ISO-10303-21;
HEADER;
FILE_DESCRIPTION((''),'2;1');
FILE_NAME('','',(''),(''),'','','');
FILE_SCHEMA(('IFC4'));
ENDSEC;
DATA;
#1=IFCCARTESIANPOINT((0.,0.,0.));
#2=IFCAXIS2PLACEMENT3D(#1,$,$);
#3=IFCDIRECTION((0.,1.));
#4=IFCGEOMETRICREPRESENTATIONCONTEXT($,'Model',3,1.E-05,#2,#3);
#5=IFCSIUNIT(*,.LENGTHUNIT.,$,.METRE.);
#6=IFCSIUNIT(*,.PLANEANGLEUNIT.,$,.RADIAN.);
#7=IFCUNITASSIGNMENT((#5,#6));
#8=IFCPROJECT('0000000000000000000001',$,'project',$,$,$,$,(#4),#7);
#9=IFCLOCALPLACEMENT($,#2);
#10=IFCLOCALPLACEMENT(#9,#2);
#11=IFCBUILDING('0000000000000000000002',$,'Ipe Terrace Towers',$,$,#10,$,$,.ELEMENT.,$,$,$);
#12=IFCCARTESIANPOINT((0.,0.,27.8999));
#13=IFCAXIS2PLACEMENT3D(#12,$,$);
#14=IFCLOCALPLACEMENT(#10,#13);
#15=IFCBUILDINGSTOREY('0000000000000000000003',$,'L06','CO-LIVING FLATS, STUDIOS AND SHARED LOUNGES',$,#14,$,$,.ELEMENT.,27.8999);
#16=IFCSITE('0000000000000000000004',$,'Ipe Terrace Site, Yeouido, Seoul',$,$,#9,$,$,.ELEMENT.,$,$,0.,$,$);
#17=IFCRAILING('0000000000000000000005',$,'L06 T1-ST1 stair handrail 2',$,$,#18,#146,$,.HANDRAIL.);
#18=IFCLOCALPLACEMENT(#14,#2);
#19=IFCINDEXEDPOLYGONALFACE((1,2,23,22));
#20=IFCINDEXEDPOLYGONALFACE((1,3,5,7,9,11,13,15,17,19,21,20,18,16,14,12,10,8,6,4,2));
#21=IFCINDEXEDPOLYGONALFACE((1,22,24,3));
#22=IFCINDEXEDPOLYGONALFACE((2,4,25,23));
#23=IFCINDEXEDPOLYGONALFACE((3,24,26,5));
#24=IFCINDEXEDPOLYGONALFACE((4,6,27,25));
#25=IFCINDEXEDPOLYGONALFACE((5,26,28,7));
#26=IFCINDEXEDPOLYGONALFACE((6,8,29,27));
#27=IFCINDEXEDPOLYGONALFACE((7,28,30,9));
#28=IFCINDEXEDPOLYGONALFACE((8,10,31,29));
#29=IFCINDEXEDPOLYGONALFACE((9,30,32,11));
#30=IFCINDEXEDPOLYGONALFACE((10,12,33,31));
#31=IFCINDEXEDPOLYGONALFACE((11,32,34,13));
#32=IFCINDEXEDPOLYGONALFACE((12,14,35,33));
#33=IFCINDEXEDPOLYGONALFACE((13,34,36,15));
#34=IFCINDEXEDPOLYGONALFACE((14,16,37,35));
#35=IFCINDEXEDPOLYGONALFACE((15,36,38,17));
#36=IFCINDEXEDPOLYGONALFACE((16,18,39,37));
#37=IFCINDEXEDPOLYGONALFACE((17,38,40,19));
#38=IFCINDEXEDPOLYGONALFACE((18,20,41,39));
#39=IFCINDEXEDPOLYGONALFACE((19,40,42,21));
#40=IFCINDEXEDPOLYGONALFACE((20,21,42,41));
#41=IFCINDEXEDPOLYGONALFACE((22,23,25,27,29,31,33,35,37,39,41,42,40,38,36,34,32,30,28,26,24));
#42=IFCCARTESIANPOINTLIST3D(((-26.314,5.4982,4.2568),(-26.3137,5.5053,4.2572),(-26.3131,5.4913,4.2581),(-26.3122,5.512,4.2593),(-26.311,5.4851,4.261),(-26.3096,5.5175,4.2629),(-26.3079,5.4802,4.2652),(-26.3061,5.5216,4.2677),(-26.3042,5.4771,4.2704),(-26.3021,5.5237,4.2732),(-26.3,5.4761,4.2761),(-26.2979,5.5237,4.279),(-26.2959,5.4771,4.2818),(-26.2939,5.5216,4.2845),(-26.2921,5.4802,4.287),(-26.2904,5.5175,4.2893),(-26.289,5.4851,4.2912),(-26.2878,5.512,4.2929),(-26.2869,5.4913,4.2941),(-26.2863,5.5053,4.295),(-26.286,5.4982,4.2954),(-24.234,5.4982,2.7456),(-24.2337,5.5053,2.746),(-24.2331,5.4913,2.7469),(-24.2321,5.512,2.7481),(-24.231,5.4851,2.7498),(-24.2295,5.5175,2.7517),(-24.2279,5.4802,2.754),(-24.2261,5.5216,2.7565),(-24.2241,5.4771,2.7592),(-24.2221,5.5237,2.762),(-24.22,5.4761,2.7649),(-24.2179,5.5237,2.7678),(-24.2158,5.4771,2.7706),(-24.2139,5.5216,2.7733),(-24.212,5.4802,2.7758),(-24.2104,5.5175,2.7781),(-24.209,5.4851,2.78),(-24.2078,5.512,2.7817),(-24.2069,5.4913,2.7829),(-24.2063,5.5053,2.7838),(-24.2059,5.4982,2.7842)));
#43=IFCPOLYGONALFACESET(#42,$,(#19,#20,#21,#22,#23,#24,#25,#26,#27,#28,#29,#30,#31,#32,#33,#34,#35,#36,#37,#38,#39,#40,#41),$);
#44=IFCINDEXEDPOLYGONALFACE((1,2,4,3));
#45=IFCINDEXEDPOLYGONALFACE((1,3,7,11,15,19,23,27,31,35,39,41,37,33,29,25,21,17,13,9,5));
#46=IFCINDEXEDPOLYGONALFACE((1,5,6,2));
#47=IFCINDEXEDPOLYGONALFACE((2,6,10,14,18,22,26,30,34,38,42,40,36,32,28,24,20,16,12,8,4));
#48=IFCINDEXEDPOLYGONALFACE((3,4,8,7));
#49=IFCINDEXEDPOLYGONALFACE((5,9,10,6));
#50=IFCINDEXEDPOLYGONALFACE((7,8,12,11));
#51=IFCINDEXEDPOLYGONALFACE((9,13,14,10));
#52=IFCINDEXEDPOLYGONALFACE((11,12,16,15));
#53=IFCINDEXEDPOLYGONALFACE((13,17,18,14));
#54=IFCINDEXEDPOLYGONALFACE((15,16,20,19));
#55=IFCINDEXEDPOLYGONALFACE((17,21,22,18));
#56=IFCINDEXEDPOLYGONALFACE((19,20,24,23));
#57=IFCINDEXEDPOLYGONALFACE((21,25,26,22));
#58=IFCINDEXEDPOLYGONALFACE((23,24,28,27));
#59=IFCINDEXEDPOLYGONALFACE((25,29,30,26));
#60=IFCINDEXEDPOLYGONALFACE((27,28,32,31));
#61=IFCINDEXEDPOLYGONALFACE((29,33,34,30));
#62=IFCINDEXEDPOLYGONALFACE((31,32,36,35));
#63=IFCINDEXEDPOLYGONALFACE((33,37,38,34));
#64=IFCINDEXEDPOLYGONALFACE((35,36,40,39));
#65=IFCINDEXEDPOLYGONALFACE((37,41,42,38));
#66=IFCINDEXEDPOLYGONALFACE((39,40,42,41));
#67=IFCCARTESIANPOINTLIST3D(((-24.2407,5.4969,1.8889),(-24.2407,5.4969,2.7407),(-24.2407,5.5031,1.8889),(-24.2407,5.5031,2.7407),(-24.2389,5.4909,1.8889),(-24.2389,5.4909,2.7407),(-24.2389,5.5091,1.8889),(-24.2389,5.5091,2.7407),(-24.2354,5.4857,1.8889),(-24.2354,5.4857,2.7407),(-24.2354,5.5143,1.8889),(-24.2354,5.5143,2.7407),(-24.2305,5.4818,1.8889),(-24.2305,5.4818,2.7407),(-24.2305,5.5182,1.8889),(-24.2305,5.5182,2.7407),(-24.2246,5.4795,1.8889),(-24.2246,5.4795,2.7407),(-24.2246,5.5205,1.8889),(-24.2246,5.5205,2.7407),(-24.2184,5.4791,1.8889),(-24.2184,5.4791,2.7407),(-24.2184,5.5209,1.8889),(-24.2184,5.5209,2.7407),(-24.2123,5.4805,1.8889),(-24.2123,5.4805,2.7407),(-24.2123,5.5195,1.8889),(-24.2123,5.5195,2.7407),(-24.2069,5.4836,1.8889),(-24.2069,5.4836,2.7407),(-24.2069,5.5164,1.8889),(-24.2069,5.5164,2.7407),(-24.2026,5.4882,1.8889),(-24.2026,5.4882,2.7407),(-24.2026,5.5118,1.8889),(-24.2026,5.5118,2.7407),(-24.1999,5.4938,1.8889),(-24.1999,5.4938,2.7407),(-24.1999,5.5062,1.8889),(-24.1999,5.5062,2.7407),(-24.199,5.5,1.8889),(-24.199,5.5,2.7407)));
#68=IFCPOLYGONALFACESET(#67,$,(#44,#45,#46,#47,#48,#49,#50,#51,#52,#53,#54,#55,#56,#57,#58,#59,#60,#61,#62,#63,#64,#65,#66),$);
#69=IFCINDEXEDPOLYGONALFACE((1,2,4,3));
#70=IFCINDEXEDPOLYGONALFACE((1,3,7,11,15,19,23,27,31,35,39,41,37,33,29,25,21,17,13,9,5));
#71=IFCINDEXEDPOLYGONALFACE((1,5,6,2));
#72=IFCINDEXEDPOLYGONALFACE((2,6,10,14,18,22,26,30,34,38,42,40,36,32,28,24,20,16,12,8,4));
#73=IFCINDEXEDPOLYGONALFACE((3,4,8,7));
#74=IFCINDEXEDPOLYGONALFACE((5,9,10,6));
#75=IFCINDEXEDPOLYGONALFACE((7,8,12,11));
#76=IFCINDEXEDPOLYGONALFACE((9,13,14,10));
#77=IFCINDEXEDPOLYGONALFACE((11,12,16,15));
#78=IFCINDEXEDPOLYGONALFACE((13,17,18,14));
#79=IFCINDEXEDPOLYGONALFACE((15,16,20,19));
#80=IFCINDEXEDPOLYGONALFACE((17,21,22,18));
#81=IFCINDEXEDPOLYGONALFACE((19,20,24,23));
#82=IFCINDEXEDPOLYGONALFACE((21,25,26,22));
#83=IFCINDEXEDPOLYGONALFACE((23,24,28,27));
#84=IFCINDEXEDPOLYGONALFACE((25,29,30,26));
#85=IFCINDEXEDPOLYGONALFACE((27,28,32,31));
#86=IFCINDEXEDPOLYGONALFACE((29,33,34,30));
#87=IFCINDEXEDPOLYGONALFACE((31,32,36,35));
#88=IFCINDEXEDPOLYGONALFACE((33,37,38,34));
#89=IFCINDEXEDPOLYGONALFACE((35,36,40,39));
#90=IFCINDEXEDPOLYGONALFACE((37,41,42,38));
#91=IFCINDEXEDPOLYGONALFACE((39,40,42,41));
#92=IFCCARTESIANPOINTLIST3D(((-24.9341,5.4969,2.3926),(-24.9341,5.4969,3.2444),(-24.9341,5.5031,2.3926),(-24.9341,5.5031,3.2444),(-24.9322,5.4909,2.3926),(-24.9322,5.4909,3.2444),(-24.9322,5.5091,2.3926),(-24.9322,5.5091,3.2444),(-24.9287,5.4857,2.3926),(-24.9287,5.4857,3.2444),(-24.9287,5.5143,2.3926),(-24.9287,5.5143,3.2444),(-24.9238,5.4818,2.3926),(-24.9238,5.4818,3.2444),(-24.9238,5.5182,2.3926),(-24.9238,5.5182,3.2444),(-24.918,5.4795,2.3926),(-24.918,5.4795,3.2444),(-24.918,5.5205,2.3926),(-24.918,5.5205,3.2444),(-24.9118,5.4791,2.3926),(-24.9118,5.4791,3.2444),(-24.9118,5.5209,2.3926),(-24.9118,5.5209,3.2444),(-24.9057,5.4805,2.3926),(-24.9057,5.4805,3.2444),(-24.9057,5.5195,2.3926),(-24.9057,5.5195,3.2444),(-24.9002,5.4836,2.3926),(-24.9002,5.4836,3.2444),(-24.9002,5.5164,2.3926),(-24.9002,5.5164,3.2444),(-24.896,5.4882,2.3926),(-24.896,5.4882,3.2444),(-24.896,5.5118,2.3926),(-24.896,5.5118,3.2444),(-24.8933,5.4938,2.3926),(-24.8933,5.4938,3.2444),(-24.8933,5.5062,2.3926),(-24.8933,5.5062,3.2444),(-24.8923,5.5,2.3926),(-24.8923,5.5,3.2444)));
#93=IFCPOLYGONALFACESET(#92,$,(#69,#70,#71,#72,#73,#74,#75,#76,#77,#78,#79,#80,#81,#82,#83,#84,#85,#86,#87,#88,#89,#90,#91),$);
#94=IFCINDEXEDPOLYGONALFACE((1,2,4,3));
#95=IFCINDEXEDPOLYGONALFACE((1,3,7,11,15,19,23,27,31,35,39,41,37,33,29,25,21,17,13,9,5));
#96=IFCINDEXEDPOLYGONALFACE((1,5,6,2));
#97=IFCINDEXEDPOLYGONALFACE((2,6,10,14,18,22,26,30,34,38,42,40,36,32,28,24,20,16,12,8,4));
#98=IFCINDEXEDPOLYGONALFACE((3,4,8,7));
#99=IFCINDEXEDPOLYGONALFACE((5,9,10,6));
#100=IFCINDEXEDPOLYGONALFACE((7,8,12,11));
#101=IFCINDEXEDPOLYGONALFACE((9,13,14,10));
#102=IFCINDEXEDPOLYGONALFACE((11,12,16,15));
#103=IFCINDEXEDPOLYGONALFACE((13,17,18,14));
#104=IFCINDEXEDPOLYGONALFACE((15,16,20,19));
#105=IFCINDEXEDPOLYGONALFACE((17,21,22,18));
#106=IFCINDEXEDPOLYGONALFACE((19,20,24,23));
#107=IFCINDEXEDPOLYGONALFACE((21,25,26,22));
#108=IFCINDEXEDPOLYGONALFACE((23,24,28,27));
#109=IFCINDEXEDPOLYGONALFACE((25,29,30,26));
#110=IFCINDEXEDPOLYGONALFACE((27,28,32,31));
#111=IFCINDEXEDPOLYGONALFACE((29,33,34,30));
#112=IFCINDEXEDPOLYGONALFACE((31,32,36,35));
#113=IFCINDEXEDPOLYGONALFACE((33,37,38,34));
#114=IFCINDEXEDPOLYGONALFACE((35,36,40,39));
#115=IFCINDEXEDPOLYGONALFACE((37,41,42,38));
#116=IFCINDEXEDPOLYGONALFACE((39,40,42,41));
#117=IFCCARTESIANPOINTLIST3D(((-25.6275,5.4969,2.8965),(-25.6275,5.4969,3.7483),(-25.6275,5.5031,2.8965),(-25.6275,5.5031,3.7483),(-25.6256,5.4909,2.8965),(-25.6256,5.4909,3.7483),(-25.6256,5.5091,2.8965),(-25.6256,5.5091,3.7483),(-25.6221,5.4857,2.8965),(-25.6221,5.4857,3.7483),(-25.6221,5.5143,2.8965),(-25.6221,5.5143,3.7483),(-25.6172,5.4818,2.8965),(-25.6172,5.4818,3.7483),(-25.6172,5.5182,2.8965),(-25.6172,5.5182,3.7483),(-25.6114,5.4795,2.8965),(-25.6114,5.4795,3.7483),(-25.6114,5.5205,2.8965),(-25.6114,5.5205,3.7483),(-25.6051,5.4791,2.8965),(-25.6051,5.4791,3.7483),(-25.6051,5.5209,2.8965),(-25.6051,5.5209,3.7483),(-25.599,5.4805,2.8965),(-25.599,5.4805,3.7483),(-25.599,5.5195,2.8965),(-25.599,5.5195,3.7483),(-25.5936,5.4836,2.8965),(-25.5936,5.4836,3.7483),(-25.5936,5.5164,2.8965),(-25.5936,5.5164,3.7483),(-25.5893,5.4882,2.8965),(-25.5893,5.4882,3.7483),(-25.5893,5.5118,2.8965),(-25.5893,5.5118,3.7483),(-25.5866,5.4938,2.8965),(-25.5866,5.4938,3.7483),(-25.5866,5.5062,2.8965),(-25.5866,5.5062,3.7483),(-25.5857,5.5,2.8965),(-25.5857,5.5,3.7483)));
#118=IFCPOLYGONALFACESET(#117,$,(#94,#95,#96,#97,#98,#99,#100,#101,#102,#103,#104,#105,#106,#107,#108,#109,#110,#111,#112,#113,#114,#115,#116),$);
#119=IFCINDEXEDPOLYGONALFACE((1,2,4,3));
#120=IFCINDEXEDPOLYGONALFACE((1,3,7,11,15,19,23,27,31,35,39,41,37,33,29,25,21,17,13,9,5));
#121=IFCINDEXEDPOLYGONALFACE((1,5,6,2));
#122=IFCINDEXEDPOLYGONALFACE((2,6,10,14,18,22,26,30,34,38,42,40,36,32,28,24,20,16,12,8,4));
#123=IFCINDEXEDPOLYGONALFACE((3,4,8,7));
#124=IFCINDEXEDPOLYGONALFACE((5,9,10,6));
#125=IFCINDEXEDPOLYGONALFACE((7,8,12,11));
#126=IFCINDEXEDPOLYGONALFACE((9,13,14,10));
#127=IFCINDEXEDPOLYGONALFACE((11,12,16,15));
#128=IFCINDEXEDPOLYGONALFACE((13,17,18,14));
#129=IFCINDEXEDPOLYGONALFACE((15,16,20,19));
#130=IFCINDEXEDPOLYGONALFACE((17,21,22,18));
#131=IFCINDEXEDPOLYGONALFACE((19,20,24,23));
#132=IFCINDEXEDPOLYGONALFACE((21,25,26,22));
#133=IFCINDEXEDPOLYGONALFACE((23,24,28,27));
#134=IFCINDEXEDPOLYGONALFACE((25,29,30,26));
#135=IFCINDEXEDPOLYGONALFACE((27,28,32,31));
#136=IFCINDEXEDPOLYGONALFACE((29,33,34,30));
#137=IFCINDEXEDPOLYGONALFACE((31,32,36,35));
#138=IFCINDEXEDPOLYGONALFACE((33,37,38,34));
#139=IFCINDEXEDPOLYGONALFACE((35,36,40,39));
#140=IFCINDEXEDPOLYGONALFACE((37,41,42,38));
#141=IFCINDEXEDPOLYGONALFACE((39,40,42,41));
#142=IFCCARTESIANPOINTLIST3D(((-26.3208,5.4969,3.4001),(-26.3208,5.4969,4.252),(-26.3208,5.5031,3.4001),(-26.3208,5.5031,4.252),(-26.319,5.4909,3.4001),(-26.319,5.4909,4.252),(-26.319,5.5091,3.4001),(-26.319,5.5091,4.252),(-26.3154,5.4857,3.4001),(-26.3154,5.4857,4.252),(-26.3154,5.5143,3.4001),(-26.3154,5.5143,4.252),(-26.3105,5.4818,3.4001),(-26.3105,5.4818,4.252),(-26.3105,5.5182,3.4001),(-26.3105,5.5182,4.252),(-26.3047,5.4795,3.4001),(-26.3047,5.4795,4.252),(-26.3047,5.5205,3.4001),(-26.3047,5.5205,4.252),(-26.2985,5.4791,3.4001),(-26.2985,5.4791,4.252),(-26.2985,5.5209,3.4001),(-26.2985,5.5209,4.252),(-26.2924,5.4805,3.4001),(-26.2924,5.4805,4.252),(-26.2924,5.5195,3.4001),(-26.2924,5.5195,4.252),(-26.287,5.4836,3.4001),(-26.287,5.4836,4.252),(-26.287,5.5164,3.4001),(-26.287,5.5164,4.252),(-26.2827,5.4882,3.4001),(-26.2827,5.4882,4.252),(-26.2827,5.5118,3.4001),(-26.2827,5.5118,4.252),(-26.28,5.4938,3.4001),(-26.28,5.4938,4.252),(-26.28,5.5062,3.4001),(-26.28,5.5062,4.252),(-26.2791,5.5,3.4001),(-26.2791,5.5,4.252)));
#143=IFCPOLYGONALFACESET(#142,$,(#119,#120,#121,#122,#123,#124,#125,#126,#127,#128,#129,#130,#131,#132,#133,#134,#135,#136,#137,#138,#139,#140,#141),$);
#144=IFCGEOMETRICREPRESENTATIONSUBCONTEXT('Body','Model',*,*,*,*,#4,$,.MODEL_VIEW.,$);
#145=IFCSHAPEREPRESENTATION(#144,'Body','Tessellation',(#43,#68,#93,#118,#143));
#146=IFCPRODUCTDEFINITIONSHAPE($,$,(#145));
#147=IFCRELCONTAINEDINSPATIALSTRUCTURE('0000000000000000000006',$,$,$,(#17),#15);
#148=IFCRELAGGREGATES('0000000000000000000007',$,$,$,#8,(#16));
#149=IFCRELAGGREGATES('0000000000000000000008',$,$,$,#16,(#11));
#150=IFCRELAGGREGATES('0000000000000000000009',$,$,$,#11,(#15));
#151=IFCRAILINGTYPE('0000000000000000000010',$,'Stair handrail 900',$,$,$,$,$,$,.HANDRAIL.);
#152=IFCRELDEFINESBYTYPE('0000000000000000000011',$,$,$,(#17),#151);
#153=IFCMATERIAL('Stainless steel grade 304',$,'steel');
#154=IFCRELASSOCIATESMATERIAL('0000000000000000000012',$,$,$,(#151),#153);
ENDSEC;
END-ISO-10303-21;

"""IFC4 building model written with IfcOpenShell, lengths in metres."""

from ifc_helpers import new_model, si_unit, direction, frame, origin, origin_2d, place, context, subcontext, project, spatial, circle, extrude, material, type_object, element, save


model = new_model("IFC4")

# Units and contexts
model_context = context("Model", 3, precision=1e-05, world=origin(), true_north=direction((0.0, 1.0)))
body_context = subcontext(model_context, "Body", "Model", "MODEL_VIEW")
ifc_project = project(units=[si_unit("LENGTHUNIT", "METRE"), si_unit("PLANEANGLEUNIT", "RADIAN")], contexts=[model_context])

# Site, building, storey
site_placement = place(None, origin())
site = spatial("IfcSite", under=ifc_project, at=site_placement, Name="Ipe Terrace Site, Yeouido, Seoul", CompositionType="ELEMENT", RefElevation=0.0)
building_placement = place(site_placement, origin())
building = spatial("IfcBuilding", under=site, at=building_placement, Name="Ipe Terrace Towers", CompositionType="ELEMENT")
storey_placement = place(building_placement, frame((0.0, 0.0, 27.8999)))
storey = spatial("IfcBuildingStorey", under=building, at=storey_placement, Name="L06", Description="CO-LIVING FLATS, STUDIOS AND SHARED LOUNGES", CompositionType="ELEMENT", Elevation=27.8999)

# Railing
ifc_material_1 = material(Name="Stainless steel grade 304", Category="steel")
railing_type_1 = type_object("IfcRailingType", Name="Stair handrail 900", PredefinedType="HANDRAIL", material=ifc_material_1)
railing_1_placement = place(storey_placement, frame((-24.22, 5.5, 1.8889)))
element("IfcRailing", 1, at=railing_1_placement, inside=storey, type_object=railing_type_1, Name="L06 T1-ST1 stair handrail 2", PredefinedType="HANDRAIL", context=body_context, shape_type="SweptSolid", body=[
    extrude(circle(Radius=0.0239, at=origin_2d()), frame((0.0, 0.0, 0.876), z_axis=(-0.809023, 0.0, 0.587776), x_axis=(0.0, -1.0, 0.0)), (0.0, 0.0, 1.0), 2.571),
    extrude(circle(Radius=0.021, at=origin_2d()), origin(), (0.0, 0.0, 1.0), 0.8518),
    extrude(circle(Radius=0.021, at=origin_2d()), frame((-0.6934, 0.0, 0.5037)), (0.0, 0.0, 1.0), 0.8518),
    extrude(circle(Radius=0.021, at=origin_2d()), frame((-1.3867, 0.0, 1.0076)), (0.0, 0.0, 1.0), 0.8518),
    extrude(circle(Radius=0.021, at=origin_2d()), frame((-2.0801, 0.0, 1.5112)), (0.0, 0.0, 1.0), 0.8518),
])

save(model, "model.ifc")
